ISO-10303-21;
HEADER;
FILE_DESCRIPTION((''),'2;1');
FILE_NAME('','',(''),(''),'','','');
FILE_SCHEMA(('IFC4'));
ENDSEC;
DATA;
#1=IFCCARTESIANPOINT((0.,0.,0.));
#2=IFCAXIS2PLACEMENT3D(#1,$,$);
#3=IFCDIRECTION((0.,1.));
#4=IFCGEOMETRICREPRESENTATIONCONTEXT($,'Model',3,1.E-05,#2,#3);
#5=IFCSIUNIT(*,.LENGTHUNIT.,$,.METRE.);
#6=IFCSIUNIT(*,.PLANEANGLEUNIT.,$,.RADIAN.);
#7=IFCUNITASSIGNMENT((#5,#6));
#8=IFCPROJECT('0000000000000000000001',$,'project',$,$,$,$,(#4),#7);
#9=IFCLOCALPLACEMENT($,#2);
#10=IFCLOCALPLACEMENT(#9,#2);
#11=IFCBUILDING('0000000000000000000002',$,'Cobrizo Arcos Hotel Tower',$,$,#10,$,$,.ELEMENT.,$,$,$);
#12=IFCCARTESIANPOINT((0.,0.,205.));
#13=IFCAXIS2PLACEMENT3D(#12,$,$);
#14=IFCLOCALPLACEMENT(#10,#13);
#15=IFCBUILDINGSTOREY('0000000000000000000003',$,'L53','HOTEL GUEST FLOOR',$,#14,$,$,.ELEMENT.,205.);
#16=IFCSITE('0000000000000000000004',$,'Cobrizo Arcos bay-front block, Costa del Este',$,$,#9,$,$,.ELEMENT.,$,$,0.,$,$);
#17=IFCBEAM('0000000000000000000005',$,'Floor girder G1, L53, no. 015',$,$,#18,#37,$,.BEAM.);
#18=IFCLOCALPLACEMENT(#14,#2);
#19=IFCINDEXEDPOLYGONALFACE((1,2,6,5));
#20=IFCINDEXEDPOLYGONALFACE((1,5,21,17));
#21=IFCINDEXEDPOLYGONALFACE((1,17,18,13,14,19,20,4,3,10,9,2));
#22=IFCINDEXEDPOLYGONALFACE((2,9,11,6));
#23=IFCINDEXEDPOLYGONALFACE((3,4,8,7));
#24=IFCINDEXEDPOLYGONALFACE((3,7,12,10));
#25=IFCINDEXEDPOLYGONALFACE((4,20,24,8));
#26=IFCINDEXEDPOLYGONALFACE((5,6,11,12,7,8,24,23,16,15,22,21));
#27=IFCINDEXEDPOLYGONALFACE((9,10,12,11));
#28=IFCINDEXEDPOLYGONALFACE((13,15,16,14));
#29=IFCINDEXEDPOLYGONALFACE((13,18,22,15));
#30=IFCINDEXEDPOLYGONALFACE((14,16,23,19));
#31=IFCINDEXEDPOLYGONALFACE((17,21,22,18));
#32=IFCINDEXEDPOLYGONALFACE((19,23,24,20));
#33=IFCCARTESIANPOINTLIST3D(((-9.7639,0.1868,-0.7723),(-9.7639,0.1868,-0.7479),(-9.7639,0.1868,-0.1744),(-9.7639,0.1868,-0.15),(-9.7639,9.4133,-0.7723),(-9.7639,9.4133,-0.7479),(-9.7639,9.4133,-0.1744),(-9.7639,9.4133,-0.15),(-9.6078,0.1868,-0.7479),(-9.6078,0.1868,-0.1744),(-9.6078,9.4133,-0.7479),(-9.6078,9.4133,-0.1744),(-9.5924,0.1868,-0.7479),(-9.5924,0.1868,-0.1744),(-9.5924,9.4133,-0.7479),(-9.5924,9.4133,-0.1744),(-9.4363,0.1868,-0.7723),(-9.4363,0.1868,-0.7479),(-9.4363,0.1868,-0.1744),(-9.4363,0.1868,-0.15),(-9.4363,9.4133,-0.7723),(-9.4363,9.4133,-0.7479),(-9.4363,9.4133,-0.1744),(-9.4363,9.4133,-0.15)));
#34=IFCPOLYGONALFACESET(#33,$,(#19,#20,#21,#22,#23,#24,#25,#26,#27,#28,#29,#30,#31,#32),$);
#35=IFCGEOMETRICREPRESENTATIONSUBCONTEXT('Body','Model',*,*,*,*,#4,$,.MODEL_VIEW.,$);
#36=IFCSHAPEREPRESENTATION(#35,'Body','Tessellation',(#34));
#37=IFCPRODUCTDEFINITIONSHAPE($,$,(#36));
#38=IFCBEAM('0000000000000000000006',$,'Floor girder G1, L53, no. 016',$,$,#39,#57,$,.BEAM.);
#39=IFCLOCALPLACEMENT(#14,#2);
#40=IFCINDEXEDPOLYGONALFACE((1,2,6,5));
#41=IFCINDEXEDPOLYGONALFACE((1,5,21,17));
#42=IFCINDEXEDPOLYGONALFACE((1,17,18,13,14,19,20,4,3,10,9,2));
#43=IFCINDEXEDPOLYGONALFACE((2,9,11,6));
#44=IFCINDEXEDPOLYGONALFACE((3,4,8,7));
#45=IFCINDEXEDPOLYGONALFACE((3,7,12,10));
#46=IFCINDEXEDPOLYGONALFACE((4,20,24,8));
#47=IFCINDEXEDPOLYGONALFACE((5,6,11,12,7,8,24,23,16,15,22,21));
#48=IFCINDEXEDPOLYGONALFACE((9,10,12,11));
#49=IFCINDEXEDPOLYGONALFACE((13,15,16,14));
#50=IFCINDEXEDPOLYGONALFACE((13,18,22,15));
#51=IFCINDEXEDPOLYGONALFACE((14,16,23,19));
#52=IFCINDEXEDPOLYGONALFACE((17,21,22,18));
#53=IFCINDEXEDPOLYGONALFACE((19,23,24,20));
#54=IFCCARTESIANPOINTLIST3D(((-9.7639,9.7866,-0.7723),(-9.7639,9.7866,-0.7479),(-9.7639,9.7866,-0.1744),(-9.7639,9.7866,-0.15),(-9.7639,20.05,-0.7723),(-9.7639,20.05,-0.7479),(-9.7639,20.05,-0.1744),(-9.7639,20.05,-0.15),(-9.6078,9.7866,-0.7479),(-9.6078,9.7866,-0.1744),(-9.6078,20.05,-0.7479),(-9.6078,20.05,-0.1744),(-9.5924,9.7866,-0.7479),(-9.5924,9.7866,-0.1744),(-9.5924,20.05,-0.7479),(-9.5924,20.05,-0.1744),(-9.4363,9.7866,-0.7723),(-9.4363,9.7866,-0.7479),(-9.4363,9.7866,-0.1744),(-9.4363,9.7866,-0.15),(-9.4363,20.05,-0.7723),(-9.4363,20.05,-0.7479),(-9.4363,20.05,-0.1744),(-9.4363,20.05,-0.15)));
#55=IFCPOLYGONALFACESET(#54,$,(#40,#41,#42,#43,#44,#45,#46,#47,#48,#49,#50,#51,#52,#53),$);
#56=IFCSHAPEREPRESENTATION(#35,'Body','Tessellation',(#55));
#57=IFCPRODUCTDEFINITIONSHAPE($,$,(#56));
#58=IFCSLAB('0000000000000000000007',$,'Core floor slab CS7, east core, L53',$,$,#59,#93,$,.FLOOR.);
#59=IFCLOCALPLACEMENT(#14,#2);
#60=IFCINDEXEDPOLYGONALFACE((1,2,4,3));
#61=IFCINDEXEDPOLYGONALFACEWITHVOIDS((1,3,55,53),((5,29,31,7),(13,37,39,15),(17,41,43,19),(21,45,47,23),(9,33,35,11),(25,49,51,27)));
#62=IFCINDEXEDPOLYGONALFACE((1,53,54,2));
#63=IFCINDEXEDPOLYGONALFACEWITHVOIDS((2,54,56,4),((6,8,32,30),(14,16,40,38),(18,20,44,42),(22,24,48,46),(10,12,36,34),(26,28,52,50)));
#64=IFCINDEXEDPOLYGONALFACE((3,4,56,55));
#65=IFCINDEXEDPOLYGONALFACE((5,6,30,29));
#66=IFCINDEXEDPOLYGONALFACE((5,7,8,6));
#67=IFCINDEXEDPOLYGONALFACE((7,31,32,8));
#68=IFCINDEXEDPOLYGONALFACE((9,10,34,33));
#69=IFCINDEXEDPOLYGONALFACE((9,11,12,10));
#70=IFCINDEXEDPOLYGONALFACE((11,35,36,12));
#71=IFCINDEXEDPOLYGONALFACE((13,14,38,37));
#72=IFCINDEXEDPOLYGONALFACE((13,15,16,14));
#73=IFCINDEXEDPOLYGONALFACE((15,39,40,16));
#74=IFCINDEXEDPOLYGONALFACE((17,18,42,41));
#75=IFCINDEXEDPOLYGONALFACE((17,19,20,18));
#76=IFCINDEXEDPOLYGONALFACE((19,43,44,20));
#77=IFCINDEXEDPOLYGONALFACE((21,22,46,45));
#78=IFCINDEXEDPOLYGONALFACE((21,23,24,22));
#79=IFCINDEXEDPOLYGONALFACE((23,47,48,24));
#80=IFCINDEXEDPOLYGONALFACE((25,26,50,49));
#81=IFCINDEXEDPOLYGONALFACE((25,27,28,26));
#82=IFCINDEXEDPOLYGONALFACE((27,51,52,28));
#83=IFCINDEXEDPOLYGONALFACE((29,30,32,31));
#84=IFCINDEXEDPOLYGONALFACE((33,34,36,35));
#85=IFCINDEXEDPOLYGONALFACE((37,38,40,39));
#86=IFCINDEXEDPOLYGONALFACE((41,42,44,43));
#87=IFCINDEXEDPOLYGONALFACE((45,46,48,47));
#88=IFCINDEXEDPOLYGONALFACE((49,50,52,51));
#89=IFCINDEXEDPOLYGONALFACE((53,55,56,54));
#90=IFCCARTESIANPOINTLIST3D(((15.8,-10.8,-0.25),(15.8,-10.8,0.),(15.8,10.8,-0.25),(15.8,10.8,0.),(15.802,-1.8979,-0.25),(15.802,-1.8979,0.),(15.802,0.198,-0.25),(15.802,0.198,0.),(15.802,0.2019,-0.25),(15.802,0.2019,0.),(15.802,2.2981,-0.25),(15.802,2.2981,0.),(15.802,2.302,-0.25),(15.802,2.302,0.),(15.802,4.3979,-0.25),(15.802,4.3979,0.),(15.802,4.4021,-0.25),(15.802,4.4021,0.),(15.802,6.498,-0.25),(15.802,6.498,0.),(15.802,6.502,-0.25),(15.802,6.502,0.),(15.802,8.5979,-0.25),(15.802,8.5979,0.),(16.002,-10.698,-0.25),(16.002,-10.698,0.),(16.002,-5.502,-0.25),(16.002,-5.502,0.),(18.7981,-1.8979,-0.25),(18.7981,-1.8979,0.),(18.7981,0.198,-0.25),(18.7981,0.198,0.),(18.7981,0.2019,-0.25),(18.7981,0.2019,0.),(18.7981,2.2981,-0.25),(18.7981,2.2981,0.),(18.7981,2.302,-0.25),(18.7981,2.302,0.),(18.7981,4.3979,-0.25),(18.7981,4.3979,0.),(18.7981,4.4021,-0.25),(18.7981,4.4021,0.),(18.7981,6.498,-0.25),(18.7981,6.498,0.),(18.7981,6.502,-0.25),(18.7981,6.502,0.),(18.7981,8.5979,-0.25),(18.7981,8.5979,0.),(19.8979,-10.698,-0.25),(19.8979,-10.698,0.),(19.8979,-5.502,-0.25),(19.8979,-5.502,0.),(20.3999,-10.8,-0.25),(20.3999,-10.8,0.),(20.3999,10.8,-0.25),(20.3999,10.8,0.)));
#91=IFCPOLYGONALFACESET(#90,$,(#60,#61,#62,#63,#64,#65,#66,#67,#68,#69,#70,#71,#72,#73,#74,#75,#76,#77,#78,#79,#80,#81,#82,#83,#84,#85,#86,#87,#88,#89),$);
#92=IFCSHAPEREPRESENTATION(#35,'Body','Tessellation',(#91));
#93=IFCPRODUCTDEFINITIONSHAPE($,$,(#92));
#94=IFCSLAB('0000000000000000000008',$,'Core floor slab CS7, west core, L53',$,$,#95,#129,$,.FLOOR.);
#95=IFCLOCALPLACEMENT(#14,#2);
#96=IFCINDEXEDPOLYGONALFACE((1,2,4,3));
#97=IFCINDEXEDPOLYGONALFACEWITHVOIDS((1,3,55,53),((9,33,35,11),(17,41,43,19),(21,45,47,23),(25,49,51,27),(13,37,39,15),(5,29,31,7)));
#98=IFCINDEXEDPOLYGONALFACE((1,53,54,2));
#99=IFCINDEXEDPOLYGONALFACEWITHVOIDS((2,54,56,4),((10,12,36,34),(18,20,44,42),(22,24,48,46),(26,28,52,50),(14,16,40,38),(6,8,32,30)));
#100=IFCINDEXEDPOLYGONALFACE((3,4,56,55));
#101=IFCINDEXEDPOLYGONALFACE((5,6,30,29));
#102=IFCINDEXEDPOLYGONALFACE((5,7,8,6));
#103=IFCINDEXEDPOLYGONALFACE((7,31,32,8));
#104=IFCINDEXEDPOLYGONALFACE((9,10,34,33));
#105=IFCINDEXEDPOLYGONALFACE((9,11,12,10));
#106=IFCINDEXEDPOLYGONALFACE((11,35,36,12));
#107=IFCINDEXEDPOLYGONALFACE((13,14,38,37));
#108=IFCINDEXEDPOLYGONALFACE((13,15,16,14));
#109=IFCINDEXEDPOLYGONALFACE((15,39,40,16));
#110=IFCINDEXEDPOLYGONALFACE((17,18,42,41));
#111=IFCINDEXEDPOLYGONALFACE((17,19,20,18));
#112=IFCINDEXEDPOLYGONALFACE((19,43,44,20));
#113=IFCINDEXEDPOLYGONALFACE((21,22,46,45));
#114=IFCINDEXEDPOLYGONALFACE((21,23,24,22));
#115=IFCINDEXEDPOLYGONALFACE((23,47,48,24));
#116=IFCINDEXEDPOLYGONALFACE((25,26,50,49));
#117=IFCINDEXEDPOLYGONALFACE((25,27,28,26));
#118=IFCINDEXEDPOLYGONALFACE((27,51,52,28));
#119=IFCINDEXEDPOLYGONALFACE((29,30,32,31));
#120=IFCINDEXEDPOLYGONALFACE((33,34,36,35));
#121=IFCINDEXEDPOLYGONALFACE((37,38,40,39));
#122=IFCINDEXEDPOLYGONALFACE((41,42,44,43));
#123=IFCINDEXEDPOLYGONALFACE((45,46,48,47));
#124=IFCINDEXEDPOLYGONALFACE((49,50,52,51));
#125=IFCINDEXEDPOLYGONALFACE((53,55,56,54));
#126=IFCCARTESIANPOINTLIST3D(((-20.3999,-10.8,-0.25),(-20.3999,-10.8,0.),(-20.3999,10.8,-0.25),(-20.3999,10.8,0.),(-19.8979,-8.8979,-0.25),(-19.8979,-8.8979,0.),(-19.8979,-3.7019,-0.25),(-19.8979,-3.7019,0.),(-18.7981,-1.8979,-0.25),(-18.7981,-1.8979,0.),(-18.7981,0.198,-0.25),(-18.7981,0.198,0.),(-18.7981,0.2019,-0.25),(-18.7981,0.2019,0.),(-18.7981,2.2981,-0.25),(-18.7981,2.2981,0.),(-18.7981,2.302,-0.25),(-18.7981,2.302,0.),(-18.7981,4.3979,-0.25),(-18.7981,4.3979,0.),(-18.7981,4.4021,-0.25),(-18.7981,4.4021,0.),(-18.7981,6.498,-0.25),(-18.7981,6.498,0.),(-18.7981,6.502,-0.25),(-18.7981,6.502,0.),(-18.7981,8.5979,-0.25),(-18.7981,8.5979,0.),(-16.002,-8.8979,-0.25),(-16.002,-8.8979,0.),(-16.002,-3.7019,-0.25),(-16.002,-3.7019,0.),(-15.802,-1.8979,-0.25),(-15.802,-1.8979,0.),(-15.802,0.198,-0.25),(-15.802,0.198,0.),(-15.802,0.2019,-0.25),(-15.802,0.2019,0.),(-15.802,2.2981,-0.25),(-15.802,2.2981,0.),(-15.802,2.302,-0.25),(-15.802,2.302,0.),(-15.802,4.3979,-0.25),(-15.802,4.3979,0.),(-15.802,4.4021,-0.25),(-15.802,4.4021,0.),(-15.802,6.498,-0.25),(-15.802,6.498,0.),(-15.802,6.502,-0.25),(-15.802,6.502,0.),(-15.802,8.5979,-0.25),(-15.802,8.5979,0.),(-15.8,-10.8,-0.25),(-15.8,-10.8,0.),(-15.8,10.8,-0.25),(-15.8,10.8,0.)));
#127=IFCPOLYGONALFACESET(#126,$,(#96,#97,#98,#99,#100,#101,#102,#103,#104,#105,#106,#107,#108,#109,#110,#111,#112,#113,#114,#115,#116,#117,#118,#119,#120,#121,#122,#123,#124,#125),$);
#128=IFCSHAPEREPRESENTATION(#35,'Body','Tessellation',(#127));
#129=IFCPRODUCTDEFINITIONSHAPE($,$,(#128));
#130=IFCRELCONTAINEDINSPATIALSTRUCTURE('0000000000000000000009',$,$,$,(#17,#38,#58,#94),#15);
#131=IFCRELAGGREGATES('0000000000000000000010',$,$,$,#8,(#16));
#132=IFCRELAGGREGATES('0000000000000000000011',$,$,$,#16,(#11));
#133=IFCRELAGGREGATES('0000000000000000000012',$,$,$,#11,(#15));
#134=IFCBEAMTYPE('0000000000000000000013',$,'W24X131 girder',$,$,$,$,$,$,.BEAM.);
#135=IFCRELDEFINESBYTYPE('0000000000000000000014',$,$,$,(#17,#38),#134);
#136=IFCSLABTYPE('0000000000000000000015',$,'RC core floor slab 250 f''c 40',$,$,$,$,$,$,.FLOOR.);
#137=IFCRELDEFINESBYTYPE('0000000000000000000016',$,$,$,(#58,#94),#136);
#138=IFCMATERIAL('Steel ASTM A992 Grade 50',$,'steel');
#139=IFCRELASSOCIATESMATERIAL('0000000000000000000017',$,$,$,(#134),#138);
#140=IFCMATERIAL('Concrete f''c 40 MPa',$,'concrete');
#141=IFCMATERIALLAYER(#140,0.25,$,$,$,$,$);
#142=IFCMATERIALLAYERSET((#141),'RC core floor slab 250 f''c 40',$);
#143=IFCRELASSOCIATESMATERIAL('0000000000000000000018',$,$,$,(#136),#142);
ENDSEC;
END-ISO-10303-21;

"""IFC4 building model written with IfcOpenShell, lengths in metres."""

from ifc_helpers import new_model, si_unit, direction, frame, origin, origin_2d, place, context, subcontext, project, spatial, polyline, i_section, outline, extrude, material, layer, layer_set, material_profile, profile_set, type_object, element, save


model = new_model("IFC4")

# Units and contexts
model_context = context("Model", 3, precision=1e-05, world=origin(), true_north=direction((0.0, 1.0)))
body_context = subcontext(model_context, "Body", "Model", "MODEL_VIEW")
ifc_project = project(units=[si_unit("LENGTHUNIT", "METRE"), si_unit("PLANEANGLEUNIT", "RADIAN")], contexts=[model_context])

# Site, building, storey
site_placement = place(None, origin())
site = spatial("IfcSite", under=ifc_project, at=site_placement, Name="Cobrizo Arcos bay-front block, Costa del Este", CompositionType="ELEMENT", RefElevation=0.0)
building_placement = place(site_placement, origin())
building = spatial("IfcBuilding", under=site, at=building_placement, Name="Cobrizo Arcos Hotel Tower", CompositionType="ELEMENT")
storey_placement = place(building_placement, frame((0.0, 0.0, 205.0)))
storey = spatial("IfcBuildingStorey", under=building, at=storey_placement, Name="L53", Description="HOTEL GUEST FLOOR", CompositionType="ELEMENT", Elevation=205.0)

# Shared definitions
ifc_material_1 = material(Name="Steel ASTM A992 Grade 50", Category="steel")

# Beams
ifc_material_profile_1 = material_profile(ifc_material_1, i_section(OverallWidth=0.3276, OverallDepth=0.6223, WebThickness=0.0154, FlangeThickness=0.0244, at=origin_2d()), Name="W24X131")
ifc_profile_set_1 = profile_set([ifc_material_profile_1], Name="Steel ASTM A992 Grade 50")
beam_type_1 = type_object("IfcBeamType", Name="W24X131 girder", PredefinedType="BEAM", material=ifc_profile_set_1)
for number, where, z_axis, x_axis, name in (
    (1, (-9.6001, 0.1868, -0.4612), (0.0, 1.0, 0.0), (-1.0, 0.0, 0.0), "Floor girder G1, L53, no. 015"),
):
    element("IfcBeam", number, at=place(storey_placement, frame(where, z_axis=z_axis, x_axis=x_axis)), inside=storey, type_object=beam_type_1, Name=name, PredefinedType="BEAM", context=body_context, shape_type="SweptSolid", body=[
        extrude(i_section(OverallWidth=0.3276, OverallDepth=0.6223, WebThickness=0.0154, FlangeThickness=0.0244, at=origin_2d()), origin(), (0.0, 0.0, 1.0), 9.2266),
    ])
beam_1_placement = place(storey_placement, frame((-9.6001, 9.7866, -0.4612), z_axis=(0.0, 1.0, 0.0), x_axis=(-1.0, 0.0, 0.0)))
element("IfcBeam", 2, at=beam_1_placement, inside=storey, type_object=beam_type_1, Name="Floor girder G1, L53, no. 016", PredefinedType="BEAM", context=body_context, shape_type="SweptSolid", body=[
    extrude(i_section(OverallWidth=0.3276, OverallDepth=0.6223, WebThickness=0.0154, FlangeThickness=0.0244, at=origin_2d()), origin(), (0.0, 0.0, 1.0), 10.2634),
])

# Slabs
ifc_material_2 = material(Name="Concrete f'c 40 MPa", Category="concrete")
ifc_layer_1 = layer(ifc_material_2, 0.25)
ifc_layer_set_1 = layer_set([ifc_layer_1], Name="RC core floor slab 250 f'c 40")
slab_type_1 = type_object("IfcSlabType", Name="RC core floor slab 250 f'c 40", PredefinedType="FLOOR", material=ifc_layer_set_1)
slab_1_placement = place(storey_placement, frame((0.0, 0.0, -0.25)))
element("IfcSlab", 3, at=slab_1_placement, inside=storey, type_object=slab_type_1, Name="Core floor slab CS7, east core, L53", PredefinedType="FLOOR", context=body_context, shape_type="SweptSolid", body=[
    extrude(outline(polyline([(15.8, 10.8), (20.3999, 10.8), (20.3999, -10.8), (15.8, -10.8), (15.8, 10.8)]), holes=[polyline([(19.8979, -10.698), (19.8979, -5.502), (16.002, -5.502), (16.002, -10.698), (19.8979, -10.698)]), polyline([(15.802, 0.198), (15.802, -1.8979), (18.7981, -1.8979), (18.7981, 0.198), (15.802, 0.198)]), polyline([(15.802, 2.2981), (15.802, 0.2019), (18.7981, 0.2019), (18.7981, 2.2981), (15.802, 2.2981)]), polyline([(15.802, 4.3979), (15.802, 2.302), (18.7981, 2.302), (18.7981, 4.3979), (15.802, 4.3979)]), polyline([(18.7981, 6.498), (15.802, 6.498), (15.802, 4.4021), (18.7981, 4.4021), (18.7981, 6.498)]), polyline([(18.7981, 8.5979), (15.802, 8.5979), (15.802, 6.502), (18.7981, 6.502), (18.7981, 8.5979)])]), origin(), (0.0, 0.0, 1.0), 0.25),
])
slab_2_placement = place(storey_placement, frame((0.0, 0.0, -0.25)))
element("IfcSlab", 4, at=slab_2_placement, inside=storey, type_object=slab_type_1, Name="Core floor slab CS7, west core, L53", PredefinedType="FLOOR", context=body_context, shape_type="SweptSolid", body=[
    extrude(outline(polyline([(-20.3999, 10.8), (-15.8, 10.8), (-15.8, -10.8), (-20.3999, -10.8), (-20.3999, 10.8)]), holes=[polyline([(-19.8979, -3.7019), (-19.8979, -8.8979), (-16.002, -8.8979), (-16.002, -3.7019), (-19.8979, -3.7019)]), polyline([(-18.7981, 0.198), (-18.7981, -1.8979), (-15.802, -1.8979), (-15.802, 0.198), (-18.7981, 0.198)]), polyline([(-18.7981, 2.2981), (-18.7981, 0.2019), (-15.802, 0.2019), (-15.802, 2.2981), (-18.7981, 2.2981)]), polyline([(-18.7981, 4.3979), (-18.7981, 2.302), (-15.802, 2.302), (-15.802, 4.3979), (-18.7981, 4.3979)]), polyline([(-15.802, 6.498), (-18.7981, 6.498), (-18.7981, 4.4021), (-15.802, 4.4021), (-15.802, 6.498)]), polyline([(-15.802, 8.5979), (-18.7981, 8.5979), (-18.7981, 6.502), (-15.802, 6.502), (-15.802, 8.5979)])]), origin(), (0.0, 0.0, 1.0), 0.25),
])

save(model, "model.ifc")
